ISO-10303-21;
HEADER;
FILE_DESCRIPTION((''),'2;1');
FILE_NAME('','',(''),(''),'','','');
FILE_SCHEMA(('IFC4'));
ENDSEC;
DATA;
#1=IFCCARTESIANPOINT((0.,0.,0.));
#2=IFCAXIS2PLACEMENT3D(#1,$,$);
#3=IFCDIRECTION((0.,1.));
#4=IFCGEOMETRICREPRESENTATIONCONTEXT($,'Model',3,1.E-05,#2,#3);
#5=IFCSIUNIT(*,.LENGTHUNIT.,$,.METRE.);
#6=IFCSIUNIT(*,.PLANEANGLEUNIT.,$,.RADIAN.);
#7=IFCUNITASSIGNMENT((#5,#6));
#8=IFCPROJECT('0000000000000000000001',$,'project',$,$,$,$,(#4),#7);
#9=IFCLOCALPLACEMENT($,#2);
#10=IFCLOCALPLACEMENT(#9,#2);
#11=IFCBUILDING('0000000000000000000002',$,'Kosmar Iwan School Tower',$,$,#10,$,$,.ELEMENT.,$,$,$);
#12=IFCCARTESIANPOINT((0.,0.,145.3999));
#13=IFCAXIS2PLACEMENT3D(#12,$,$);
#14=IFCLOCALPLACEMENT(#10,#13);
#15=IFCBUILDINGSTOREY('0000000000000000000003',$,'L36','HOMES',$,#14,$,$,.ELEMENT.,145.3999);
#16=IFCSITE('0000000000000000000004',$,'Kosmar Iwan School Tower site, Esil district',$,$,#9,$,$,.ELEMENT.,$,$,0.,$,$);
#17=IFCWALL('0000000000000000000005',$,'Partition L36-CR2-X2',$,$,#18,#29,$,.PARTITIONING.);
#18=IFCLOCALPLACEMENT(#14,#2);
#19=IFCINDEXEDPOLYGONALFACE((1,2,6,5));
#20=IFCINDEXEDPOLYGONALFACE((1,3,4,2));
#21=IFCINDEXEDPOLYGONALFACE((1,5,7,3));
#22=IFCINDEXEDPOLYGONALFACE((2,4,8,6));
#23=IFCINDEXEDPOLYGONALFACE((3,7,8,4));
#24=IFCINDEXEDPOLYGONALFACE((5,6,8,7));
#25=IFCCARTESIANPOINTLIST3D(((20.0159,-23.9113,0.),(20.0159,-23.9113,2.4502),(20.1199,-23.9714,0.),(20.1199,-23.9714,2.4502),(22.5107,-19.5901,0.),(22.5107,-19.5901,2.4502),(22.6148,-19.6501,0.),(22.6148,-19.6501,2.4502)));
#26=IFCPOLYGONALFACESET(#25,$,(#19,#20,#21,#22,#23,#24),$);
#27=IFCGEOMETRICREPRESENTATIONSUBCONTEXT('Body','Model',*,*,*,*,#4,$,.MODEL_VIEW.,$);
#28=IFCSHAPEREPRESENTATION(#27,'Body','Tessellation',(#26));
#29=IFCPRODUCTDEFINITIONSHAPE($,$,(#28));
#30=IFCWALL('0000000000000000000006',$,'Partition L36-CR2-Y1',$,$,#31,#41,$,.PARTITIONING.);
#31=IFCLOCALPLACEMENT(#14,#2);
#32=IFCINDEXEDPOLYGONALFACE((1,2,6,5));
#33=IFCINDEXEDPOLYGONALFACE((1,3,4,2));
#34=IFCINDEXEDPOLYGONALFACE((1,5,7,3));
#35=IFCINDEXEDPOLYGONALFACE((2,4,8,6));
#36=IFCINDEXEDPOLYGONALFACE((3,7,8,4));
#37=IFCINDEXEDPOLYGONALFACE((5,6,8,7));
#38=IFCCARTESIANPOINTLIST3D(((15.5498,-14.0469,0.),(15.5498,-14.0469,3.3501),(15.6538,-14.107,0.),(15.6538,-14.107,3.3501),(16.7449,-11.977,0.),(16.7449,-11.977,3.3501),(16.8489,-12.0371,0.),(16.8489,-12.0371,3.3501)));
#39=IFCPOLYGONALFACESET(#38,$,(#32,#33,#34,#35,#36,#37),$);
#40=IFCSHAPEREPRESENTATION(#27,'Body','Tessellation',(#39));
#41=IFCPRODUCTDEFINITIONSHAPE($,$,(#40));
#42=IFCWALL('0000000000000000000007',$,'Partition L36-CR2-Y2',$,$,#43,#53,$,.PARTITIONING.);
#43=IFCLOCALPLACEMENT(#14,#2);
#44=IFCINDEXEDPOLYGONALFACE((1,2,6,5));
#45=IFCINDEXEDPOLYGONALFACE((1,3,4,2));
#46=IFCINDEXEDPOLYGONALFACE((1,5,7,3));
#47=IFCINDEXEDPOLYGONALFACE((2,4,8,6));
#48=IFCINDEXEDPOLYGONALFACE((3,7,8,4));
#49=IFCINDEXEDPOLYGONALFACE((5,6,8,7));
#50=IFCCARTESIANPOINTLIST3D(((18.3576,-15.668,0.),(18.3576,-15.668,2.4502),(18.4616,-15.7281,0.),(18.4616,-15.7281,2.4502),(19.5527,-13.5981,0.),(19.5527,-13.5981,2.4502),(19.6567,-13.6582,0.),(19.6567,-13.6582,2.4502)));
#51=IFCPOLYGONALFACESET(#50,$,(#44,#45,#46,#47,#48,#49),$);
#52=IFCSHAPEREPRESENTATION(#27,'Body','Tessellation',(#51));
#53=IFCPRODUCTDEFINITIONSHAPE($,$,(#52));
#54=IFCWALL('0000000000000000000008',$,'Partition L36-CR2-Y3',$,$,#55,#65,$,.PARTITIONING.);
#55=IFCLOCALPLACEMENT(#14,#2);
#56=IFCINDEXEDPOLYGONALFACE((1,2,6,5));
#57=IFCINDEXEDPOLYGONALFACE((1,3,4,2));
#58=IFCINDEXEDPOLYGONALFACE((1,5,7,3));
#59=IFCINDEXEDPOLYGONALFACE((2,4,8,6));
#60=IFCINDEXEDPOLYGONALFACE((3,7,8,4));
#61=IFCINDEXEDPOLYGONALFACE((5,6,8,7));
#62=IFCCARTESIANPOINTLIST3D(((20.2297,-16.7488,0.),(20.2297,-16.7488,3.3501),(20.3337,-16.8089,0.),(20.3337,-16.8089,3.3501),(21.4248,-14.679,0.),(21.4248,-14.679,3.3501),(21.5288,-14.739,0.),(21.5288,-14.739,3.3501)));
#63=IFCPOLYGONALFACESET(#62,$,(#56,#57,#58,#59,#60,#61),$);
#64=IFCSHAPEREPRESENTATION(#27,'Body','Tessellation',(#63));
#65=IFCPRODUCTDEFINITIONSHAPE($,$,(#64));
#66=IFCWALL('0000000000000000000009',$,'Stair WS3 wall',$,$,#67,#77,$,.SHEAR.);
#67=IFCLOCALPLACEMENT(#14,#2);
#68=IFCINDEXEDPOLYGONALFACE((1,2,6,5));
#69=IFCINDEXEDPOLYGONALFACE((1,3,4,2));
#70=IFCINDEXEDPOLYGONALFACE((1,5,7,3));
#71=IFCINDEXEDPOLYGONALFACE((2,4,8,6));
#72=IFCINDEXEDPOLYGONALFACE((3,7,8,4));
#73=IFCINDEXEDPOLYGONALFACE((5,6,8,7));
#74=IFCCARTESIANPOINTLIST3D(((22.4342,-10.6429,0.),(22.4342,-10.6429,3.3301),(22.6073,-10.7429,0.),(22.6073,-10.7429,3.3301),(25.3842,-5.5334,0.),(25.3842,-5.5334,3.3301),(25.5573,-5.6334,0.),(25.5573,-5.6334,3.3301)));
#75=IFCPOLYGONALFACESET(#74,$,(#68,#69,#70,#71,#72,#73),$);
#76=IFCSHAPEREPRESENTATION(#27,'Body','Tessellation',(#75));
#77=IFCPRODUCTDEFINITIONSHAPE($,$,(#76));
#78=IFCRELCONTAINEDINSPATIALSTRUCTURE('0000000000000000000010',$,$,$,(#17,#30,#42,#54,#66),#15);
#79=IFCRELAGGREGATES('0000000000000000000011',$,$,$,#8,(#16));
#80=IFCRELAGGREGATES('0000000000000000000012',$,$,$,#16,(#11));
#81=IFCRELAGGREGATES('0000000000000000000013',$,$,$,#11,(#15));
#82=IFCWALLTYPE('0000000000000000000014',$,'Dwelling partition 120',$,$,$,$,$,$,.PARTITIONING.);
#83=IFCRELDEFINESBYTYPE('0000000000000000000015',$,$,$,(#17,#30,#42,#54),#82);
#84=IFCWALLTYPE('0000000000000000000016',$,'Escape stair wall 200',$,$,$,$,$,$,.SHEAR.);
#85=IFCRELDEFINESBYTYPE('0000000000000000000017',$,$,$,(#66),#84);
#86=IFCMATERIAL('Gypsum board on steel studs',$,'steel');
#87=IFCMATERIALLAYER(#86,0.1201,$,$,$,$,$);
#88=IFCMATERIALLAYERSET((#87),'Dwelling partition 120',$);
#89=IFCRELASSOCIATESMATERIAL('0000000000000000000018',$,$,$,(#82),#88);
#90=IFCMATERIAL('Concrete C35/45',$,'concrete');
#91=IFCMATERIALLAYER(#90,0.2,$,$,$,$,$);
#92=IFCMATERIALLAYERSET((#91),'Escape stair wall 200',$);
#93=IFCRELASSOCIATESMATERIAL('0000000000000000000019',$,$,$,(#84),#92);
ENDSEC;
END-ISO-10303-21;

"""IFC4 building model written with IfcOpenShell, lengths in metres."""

from ifc_helpers import new_model, si_unit, direction, frame, frame_2d, origin, place, context, subcontext, project, spatial, rectangle, extrude, material, layer, layer_set, type_object, element, save


model = new_model("IFC4")

# Units and contexts
model_context = context("Model", 3, precision=1e-05, world=origin(), true_north=direction((0.0, 1.0)))
body_context = subcontext(model_context, "Body", "Model", "MODEL_VIEW")
ifc_project = project(units=[si_unit("LENGTHUNIT", "METRE"), si_unit("PLANEANGLEUNIT", "RADIAN")], contexts=[model_context])

# Site, building, storey
site_placement = place(None, origin())
site = spatial("IfcSite", under=ifc_project, at=site_placement, Name="Kosmar Iwan School Tower site, Esil district", CompositionType="ELEMENT", RefElevation=0.0)
building_placement = place(site_placement, origin())
building = spatial("IfcBuilding", under=site, at=building_placement, Name="Kosmar Iwan School Tower", CompositionType="ELEMENT")
storey_placement = place(building_placement, frame((0.0, 0.0, 145.3999)))
storey = spatial("IfcBuildingStorey", under=building, at=storey_placement, Name="L36", Description="HOMES", CompositionType="ELEMENT", Elevation=145.3999)

# Shared definitions
ifc_material_1 = material(Name="Gypsum board on steel studs", Category="steel")
ifc_layer_1 = layer(ifc_material_1, 0.1201)
ifc_layer_set_1 = layer_set([ifc_layer_1], Name="Dwelling partition 120")
wall_type_1 = type_object("IfcWallType", Name="Dwelling partition 120", PredefinedType="PARTITIONING", material=ifc_layer_set_1)

# Walls
wall_1_placement = place(storey_placement, frame((22.5627, -19.6201, 0.0), z_axis=(0.0, 0.0, 1.0), x_axis=(-0.499996, -0.866028, 0.0)))
element("IfcWall", 1, at=wall_1_placement, inside=storey, type_object=wall_type_1, Name="Partition L36-CR2-X2", PredefinedType="PARTITIONING", context=body_context, shape_type="SweptSolid", body=[
    extrude(rectangle(XDim=4.9897, YDim=0.1201, at=frame_2d((2.4949, 0.0))), origin(), (0.0, 0.0, 1.0), 2.4502),
])
wall_2_placement = place(storey_placement, frame((16.7969, -12.0071, 0.0), z_axis=(0.0, 0.0, 1.0), x_axis=(-0.500017, -0.866015, 0.0)))
element("IfcWall", 2, at=wall_2_placement, inside=storey, type_object=wall_type_1, Name="Partition L36-CR2-Y1", PredefinedType="PARTITIONING", context=body_context, shape_type="SweptSolid", body=[
    extrude(rectangle(XDim=2.3901, YDim=0.1201, at=frame_2d((1.1951, 0.0))), origin(), (0.0, 0.0, 1.0), 3.3501),
])
wall_3_placement = place(storey_placement, frame((19.6047, -13.6282, 0.0), z_axis=(0.0, 0.0, 1.0), x_axis=(-0.500017, -0.866015, 0.0)))
element("IfcWall", 3, at=wall_3_placement, inside=storey, type_object=wall_type_1, Name="Partition L36-CR2-Y2", PredefinedType="PARTITIONING", context=body_context, shape_type="SweptSolid", body=[
    extrude(rectangle(XDim=2.3901, YDim=0.1201, at=frame_2d((1.1951, 0.0))), origin(), (0.0, 0.0, 1.0), 2.4502),
])
wall_4_placement = place(storey_placement, frame((21.4768, -14.709, 0.0), z_axis=(0.0, 0.0, 1.0), x_axis=(-0.500017, -0.866015, 0.0)))
element("IfcWall", 4, at=wall_4_placement, inside=storey, type_object=wall_type_1, Name="Partition L36-CR2-Y3", PredefinedType="PARTITIONING", context=body_context, shape_type="SweptSolid", body=[
    extrude(rectangle(XDim=2.3901, YDim=0.1201, at=frame_2d((1.1951, 0.0))), origin(), (0.0, 0.0, 1.0), 3.3501),
])
ifc_material_2 = material(Name="Concrete C35/45", Category="concrete")
ifc_layer_2 = layer(ifc_material_2, 0.2)
ifc_layer_set_2 = layer_set([ifc_layer_2], Name="Escape stair wall 200")
wall_type_2 = type_object("IfcWallType", Name="Escape stair wall 200", PredefinedType="SHEAR", material=ifc_layer_set_2)
wall_5_placement = place(storey_placement, frame((22.5208, -10.6929, 0.0), z_axis=(0.0, 0.0, 1.0), x_axis=(0.500007, 0.866022, 0.0)))
element("IfcWall", 5, at=wall_5_placement, inside=storey, type_object=wall_type_2, Name="Stair WS3 wall", PredefinedType="SHEAR", context=body_context, shape_type="SweptSolid", body=[
    extrude(rectangle(XDim=5.8999, YDim=0.2, at=frame_2d((2.95, 0.0))), origin(), (0.0, 0.0, 1.0), 3.3301),
])

save(model, "model.ifc")
